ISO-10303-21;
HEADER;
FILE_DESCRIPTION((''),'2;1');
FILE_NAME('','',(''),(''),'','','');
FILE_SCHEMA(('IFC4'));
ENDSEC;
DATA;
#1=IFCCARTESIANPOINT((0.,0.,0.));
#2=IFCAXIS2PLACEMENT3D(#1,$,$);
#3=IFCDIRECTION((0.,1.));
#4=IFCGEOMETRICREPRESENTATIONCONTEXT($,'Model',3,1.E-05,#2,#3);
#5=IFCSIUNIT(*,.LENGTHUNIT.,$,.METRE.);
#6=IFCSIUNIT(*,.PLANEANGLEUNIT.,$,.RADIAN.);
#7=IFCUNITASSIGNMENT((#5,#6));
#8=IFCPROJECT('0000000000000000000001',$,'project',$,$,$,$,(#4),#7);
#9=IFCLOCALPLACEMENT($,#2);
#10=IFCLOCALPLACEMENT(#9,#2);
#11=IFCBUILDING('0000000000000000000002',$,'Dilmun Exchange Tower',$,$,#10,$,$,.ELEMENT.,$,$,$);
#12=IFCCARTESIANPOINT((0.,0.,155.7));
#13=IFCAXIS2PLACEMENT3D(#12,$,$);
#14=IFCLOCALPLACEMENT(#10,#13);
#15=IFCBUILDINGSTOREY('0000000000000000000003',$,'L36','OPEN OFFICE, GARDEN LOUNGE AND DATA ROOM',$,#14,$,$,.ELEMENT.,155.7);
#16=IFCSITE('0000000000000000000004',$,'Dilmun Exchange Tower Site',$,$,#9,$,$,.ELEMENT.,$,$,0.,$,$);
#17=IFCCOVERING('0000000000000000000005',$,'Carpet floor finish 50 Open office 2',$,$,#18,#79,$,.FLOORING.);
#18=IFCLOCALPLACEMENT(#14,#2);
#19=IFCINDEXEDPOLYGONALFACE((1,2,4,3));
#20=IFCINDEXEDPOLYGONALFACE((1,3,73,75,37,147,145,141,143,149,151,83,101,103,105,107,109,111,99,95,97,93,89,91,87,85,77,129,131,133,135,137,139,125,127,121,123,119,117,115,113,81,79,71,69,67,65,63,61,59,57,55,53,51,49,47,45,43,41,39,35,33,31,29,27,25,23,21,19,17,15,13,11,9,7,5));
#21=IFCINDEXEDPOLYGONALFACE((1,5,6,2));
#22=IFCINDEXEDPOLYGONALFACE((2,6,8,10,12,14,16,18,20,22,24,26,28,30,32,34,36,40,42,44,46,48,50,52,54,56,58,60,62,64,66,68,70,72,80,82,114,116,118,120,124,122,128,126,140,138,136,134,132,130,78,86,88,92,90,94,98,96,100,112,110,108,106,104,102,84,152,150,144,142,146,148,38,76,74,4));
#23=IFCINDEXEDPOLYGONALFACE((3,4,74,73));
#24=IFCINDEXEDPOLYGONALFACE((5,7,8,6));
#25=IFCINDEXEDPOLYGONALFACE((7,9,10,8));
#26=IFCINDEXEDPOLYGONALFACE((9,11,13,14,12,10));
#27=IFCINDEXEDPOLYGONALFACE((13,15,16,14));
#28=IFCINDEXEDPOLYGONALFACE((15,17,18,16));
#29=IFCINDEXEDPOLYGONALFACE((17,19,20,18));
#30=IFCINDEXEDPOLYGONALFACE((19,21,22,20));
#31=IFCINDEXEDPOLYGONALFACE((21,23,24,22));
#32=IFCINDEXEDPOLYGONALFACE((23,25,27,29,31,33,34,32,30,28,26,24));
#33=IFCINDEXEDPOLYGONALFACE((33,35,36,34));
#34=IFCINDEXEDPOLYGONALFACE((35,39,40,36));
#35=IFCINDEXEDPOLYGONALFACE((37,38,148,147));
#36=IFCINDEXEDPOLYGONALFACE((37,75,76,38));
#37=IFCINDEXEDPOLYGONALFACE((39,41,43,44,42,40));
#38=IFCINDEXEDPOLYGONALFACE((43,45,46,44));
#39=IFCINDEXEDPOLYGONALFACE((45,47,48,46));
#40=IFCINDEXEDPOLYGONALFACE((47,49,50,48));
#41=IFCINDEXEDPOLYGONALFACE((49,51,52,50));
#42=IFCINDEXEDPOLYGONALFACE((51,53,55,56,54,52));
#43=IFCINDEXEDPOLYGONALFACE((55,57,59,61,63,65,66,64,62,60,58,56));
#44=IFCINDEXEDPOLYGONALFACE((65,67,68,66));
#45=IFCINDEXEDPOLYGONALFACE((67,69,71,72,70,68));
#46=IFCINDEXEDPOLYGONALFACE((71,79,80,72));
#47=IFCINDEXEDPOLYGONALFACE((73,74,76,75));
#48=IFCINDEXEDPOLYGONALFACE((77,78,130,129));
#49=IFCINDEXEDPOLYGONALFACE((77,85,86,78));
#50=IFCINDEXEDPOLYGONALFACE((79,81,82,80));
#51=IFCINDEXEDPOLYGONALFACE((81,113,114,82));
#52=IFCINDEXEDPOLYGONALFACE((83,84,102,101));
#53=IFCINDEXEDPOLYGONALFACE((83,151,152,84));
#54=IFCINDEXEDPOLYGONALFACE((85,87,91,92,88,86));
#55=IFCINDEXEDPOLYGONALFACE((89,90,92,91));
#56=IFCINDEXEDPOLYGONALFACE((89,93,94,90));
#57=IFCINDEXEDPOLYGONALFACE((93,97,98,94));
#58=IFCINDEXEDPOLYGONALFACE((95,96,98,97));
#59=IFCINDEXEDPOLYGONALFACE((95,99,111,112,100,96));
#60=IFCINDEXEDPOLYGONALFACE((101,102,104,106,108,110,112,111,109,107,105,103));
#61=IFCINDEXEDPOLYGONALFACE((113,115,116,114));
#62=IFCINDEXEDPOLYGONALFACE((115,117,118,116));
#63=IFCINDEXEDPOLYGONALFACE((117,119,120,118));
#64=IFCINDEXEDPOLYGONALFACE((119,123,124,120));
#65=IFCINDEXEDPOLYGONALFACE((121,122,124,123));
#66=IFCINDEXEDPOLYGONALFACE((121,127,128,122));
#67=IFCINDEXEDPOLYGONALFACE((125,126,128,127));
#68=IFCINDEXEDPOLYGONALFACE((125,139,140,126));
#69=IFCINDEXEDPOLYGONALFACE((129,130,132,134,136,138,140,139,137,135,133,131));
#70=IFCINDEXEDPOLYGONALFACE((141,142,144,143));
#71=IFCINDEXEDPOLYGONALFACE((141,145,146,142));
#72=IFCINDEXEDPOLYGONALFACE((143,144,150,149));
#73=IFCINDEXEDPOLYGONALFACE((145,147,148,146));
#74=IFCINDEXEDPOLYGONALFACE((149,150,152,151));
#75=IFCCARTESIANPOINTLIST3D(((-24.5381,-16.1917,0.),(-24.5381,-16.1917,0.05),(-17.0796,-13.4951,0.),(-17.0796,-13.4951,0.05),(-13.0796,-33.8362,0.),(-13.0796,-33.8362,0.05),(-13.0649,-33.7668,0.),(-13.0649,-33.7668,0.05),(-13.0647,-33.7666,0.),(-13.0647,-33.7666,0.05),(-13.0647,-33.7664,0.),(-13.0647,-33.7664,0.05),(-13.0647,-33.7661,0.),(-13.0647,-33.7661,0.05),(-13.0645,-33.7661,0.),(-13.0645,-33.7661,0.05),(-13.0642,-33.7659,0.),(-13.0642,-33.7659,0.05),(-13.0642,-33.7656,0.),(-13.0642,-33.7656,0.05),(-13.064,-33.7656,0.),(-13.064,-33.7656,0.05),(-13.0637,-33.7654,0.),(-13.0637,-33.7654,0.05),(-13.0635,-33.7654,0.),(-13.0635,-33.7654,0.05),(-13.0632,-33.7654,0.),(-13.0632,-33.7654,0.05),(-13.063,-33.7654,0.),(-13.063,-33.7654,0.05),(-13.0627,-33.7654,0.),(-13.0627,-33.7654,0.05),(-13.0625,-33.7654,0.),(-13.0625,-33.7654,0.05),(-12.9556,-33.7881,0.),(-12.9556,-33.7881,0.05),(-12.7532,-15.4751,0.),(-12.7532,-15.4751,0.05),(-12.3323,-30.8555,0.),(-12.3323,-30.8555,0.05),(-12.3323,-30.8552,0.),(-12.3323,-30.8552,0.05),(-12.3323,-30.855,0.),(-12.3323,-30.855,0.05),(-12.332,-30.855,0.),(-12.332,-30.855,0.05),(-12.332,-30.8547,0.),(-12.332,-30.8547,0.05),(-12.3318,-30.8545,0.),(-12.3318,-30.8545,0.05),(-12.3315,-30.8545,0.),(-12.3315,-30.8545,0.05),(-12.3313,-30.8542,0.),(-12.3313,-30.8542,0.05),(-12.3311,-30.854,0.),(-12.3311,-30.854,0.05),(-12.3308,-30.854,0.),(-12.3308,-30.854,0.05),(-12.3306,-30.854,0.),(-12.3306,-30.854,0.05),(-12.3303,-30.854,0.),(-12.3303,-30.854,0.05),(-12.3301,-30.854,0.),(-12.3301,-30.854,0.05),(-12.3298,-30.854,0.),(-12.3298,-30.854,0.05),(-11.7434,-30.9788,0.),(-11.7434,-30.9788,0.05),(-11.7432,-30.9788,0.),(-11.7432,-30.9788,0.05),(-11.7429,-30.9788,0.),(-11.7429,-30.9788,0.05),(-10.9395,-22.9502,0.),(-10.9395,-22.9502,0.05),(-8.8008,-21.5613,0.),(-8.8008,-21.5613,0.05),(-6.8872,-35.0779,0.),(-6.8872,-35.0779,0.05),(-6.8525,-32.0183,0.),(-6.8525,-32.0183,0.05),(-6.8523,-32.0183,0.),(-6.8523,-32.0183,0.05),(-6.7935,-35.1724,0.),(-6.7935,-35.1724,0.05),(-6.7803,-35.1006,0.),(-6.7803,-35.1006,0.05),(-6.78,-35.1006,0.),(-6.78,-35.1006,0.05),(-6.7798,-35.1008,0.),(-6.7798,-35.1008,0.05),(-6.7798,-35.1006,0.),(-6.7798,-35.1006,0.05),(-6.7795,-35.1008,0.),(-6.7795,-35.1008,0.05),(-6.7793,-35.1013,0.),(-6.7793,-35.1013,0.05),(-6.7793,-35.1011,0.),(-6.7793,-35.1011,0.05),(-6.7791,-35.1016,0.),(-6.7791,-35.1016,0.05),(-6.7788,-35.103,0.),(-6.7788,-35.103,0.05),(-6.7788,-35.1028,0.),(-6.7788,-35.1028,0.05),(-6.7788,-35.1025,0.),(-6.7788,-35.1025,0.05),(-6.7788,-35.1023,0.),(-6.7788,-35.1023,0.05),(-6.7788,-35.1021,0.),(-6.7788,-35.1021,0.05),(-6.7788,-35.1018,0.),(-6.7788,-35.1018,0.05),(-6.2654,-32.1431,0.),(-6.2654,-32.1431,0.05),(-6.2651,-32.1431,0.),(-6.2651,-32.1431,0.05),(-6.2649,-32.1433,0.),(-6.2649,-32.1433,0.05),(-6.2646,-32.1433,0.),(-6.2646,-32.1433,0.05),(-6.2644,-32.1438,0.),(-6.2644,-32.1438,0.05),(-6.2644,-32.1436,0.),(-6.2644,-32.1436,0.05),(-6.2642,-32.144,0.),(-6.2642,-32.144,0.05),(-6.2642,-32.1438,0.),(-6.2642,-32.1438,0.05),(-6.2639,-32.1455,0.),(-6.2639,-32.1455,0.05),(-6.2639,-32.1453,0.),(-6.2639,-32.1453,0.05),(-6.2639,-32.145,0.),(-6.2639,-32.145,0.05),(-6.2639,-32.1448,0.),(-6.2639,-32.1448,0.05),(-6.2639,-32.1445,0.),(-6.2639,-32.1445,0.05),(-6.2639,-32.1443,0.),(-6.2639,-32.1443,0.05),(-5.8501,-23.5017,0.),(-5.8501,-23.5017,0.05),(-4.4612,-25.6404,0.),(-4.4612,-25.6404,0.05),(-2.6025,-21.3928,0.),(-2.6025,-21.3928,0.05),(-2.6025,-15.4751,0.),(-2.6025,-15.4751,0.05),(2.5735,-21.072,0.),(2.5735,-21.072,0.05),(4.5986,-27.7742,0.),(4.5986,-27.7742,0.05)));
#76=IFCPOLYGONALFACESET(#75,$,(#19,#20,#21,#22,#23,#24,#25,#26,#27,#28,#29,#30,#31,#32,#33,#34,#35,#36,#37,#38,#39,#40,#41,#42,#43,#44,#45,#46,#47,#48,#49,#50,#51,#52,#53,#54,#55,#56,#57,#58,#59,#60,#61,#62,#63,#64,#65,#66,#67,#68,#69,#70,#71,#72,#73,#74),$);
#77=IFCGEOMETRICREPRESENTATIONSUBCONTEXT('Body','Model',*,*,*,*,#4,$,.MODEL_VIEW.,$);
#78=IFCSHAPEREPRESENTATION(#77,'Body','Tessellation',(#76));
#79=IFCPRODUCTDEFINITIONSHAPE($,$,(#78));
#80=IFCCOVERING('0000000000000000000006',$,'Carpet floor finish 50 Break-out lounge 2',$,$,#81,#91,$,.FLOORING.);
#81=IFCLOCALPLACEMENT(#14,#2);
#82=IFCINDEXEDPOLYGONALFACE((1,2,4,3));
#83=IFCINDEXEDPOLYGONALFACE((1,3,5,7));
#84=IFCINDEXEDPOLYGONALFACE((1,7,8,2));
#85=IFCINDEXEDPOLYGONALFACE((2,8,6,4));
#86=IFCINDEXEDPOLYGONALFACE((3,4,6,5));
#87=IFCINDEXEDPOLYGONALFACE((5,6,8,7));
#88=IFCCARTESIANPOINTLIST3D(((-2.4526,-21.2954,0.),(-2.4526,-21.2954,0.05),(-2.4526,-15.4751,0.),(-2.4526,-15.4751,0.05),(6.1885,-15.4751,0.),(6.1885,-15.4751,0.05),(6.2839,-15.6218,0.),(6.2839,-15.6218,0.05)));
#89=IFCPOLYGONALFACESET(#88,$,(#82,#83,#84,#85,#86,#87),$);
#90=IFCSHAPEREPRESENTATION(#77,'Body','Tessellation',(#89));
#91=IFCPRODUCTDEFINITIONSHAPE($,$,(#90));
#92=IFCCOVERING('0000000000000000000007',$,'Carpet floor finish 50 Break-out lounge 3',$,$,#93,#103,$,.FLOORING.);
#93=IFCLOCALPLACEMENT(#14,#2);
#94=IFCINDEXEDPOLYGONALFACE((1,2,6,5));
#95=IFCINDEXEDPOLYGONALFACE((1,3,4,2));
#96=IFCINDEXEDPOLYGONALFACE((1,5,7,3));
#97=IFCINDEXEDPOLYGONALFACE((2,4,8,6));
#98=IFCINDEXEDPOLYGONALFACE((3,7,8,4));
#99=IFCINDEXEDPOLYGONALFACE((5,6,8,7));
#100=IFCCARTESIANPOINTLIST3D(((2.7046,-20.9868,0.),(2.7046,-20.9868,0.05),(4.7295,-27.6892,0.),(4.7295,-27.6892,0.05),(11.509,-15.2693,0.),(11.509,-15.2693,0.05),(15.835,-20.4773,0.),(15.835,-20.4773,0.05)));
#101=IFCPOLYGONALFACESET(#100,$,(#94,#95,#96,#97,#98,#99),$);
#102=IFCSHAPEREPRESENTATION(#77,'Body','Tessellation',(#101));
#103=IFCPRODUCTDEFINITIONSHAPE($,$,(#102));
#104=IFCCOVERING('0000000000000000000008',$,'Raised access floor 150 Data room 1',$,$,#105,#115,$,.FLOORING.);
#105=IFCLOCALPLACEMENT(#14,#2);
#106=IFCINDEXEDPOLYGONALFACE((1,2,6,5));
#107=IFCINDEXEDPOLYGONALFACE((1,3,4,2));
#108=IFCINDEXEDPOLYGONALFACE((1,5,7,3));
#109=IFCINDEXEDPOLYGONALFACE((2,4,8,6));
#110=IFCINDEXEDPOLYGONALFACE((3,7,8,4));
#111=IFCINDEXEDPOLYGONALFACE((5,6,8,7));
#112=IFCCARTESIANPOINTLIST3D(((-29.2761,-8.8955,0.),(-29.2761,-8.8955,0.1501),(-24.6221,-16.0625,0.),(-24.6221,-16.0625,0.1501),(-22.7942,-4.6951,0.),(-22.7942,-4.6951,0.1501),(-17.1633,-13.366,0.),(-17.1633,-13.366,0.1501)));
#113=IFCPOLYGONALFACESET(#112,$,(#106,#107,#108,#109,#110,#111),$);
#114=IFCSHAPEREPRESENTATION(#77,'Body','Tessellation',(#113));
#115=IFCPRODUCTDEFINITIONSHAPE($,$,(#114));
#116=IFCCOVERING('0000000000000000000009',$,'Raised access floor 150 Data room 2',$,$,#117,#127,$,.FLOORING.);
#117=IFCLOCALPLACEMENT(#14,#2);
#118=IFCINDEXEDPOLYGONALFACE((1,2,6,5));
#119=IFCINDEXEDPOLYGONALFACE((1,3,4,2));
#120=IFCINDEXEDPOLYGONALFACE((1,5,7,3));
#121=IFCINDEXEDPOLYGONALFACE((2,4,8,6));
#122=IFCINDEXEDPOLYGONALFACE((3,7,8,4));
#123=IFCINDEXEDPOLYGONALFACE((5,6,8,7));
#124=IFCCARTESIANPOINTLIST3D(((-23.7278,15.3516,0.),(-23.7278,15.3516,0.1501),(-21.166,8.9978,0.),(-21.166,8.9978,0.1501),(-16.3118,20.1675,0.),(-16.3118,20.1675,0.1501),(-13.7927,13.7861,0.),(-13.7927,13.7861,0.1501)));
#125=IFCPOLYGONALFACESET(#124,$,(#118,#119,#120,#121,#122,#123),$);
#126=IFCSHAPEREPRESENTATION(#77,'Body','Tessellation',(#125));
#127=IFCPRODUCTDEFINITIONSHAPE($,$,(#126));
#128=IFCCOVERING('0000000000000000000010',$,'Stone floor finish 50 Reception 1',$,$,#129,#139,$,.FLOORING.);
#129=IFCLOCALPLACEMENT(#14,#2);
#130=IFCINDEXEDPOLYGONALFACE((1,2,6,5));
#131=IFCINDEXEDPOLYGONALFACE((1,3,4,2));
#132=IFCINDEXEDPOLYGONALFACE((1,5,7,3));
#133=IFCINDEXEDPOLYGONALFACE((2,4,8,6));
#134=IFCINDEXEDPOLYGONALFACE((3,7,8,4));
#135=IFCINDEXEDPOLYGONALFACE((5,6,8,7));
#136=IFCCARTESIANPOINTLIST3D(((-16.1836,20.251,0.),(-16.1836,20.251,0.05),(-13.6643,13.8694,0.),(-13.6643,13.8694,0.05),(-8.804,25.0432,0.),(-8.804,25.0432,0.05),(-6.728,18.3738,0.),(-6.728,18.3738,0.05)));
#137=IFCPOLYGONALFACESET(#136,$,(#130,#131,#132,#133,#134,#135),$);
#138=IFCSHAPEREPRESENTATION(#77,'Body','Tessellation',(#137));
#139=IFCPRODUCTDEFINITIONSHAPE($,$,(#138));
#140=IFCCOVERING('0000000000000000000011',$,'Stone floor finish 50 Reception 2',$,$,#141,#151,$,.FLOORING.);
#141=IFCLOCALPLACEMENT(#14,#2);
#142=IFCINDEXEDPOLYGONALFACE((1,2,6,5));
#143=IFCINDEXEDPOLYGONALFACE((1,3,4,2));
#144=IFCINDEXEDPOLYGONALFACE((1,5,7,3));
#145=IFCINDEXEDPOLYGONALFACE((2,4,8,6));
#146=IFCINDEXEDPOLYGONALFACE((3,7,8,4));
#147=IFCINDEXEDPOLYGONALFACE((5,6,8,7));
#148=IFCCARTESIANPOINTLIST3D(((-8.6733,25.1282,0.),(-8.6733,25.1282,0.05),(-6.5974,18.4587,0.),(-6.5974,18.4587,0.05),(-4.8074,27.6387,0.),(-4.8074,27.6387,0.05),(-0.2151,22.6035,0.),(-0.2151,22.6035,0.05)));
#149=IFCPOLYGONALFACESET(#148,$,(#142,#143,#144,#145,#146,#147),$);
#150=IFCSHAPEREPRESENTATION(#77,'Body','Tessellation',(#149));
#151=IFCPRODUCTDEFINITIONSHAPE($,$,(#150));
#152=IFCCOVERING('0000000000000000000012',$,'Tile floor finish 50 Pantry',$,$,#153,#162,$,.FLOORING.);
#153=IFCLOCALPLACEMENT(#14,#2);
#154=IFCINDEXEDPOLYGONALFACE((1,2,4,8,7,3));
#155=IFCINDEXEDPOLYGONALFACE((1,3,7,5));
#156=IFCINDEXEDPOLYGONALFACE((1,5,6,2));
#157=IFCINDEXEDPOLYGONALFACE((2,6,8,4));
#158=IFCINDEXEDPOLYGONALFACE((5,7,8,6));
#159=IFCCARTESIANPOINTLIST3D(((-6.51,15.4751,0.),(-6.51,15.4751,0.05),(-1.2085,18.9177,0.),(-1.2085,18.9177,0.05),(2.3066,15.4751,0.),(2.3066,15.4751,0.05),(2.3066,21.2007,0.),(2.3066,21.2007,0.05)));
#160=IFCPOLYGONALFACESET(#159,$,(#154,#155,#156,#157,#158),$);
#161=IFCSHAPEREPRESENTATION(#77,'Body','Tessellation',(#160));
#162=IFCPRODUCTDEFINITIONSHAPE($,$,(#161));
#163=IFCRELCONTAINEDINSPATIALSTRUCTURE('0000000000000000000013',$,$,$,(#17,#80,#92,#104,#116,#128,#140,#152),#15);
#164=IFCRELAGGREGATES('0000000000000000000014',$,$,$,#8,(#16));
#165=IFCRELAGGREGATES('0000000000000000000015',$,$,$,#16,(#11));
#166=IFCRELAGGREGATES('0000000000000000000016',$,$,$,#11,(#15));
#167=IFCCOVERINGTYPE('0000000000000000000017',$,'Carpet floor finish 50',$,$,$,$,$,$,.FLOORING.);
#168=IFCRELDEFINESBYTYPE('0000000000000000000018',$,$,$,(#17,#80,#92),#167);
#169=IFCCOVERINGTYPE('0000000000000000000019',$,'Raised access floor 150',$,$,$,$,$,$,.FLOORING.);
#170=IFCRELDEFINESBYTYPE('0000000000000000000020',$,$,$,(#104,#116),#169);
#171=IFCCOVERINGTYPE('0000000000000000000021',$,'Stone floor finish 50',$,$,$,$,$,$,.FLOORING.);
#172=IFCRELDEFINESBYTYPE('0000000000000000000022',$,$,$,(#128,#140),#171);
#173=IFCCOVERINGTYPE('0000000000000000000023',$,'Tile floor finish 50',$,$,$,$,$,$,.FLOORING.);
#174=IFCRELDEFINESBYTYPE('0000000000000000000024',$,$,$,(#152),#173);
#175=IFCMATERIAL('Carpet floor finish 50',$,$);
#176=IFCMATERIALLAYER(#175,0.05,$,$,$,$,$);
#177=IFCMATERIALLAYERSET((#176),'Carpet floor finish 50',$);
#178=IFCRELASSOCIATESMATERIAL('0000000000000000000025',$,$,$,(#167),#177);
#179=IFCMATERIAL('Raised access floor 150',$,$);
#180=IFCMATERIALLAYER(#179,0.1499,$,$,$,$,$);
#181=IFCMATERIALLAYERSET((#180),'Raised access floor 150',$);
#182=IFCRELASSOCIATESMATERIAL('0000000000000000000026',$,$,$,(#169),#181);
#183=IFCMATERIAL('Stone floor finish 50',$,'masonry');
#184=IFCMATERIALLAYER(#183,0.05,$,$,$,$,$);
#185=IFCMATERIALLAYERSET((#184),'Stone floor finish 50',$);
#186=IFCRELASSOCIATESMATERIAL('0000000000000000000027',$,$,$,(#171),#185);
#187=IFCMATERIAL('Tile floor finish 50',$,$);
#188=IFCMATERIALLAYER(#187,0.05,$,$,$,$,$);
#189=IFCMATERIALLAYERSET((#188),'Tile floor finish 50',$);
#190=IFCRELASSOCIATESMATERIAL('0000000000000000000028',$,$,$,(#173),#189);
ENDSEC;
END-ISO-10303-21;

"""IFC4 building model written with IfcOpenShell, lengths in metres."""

from ifc_helpers import new_model, si_unit, direction, frame, origin, place, context, subcontext, project, spatial, polyline, outline, extrude, material, layer, layer_set, type_object, element, save


model = new_model("IFC4")

# Units and contexts
model_context = context("Model", 3, precision=1e-05, world=origin(), true_north=direction((0.0, 1.0)))
body_context = subcontext(model_context, "Body", "Model", "MODEL_VIEW")
ifc_project = project(units=[si_unit("LENGTHUNIT", "METRE"), si_unit("PLANEANGLEUNIT", "RADIAN")], contexts=[model_context])

# Site, building, storey
site_placement = place(None, origin())
site = spatial("IfcSite", under=ifc_project, at=site_placement, Name="Dilmun Exchange Tower Site", CompositionType="ELEMENT", RefElevation=0.0)
building_placement = place(site_placement, origin())
building = spatial("IfcBuilding", under=site, at=building_placement, Name="Dilmun Exchange Tower", CompositionType="ELEMENT")
storey_placement = place(building_placement, frame((0.0, 0.0, 155.7)))
storey = spatial("IfcBuildingStorey", under=building, at=storey_placement, Name="L36", Description="OPEN OFFICE, GARDEN LOUNGE AND DATA ROOM", CompositionType="ELEMENT", Elevation=155.7)

# Coverings
ifc_material_1 = material(Name="Carpet floor finish 50")
ifc_layer_1 = layer(ifc_material_1, 0.05)
ifc_layer_set_1 = layer_set([ifc_layer_1], Name="Carpet floor finish 50")
covering_type_1 = type_object("IfcCoveringType", Name="Carpet floor finish 50", PredefinedType="FLOORING", material=ifc_layer_set_1)
covering_1_placement = place(storey_placement, origin())
element("IfcCovering", 1, at=covering_1_placement, inside=storey, type_object=covering_type_1, Name="Carpet floor finish 50 Open office 2", PredefinedType="FLOORING", context=body_context, shape_type="SweptSolid", body=[
    extrude(outline(polyline([(-17.0796, -13.4951), (-10.9395, -22.9502), (-8.8008, -21.5613), (-12.7532, -15.4751), (-2.6025, -15.4751), (-2.6025, -21.3928), (-5.8501, -23.5017), (-4.4612, -25.6404), (2.5735, -21.072), (4.5986, -27.7742), (-6.7935, -35.1724), (-6.7788, -35.103), (-6.7788, -35.1028), (-6.7788, -35.1025), (-6.7788, -35.1023), (-6.7788, -35.1023), (-6.7788, -35.1021), (-6.7788, -35.1018), (-6.7791, -35.1016), (-6.7791, -35.1016), (-6.7793, -35.1013), (-6.7793, -35.1013), (-6.7793, -35.1011), (-6.7795, -35.1008), (-6.7798, -35.1008), (-6.7798, -35.1006), (-6.78, -35.1006), (-6.7803, -35.1006), (-6.8872, -35.0779), (-6.2639, -32.1455), (-6.2639, -32.1453), (-6.2639, -32.145), (-6.2639, -32.1448), (-6.2639, -32.1445), (-6.2639, -32.1443), (-6.2639, -32.1443), (-6.2642, -32.144), (-6.2642, -32.1438), (-6.2644, -32.1438), (-6.2644, -32.1436), (-6.2646, -32.1433), (-6.2646, -32.1433), (-6.2649, -32.1433), (-6.2651, -32.1431), (-6.2651, -32.1431), (-6.2654, -32.1431), (-6.8523, -32.0183), (-6.8525, -32.0183), (-6.8525, -32.0183), (-11.7429, -30.9788), (-11.7432, -30.9788), (-11.7434, -30.9788), (-12.3298, -30.854), (-12.3301, -30.854), (-12.3303, -30.854), (-12.3306, -30.854), (-12.3308, -30.854), (-12.3308, -30.854), (-12.3311, -30.854), (-12.3313, -30.8542), (-12.3313, -30.8542), (-12.3315, -30.8545), (-12.3318, -30.8545), (-12.3318, -30.8545), (-12.332, -30.8547), (-12.332, -30.855), (-12.3323, -30.855), (-12.3323, -30.8552), (-12.3323, -30.8555), (-12.9556, -33.7881), (-13.0625, -33.7654), (-13.0627, -33.7654), (-13.063, -33.7654), (-13.063, -33.7654), (-13.0632, -33.7654), (-13.0635, -33.7654), (-13.0637, -33.7654), (-13.0637, -33.7654), (-13.064, -33.7656), (-13.0642, -33.7656), (-13.0642, -33.7659), (-13.0645, -33.7661), (-13.0647, -33.7661), (-13.0647, -33.7664), (-13.0647, -33.7666), (-13.0647, -33.7666), (-13.0649, -33.7668), (-13.0796, -33.8362), (-24.5381, -16.1917), (-17.0796, -13.4951)])), origin(), (0.0, 0.0, 1.0), 0.05),
])
covering_2_placement = place(storey_placement, origin())
element("IfcCovering", 2, at=covering_2_placement, inside=storey, type_object=covering_type_1, Name="Carpet floor finish 50 Break-out lounge 2", PredefinedType="FLOORING", context=body_context, shape_type="SweptSolid", body=[
    extrude(outline(polyline([(-2.4526, -15.4751), (6.1885, -15.4751), (6.2839, -15.6218), (-2.4526, -21.2954), (-2.4526, -15.4751)])), origin(), (0.0, 0.0, 1.0), 0.05),
])
covering_3_placement = place(storey_placement, origin())
element("IfcCovering", 3, at=covering_3_placement, inside=storey, type_object=covering_type_1, Name="Carpet floor finish 50 Break-out lounge 3", PredefinedType="FLOORING", context=body_context, shape_type="SweptSolid", body=[
    extrude(outline(polyline([(11.509, -15.2693), (15.835, -20.4773), (4.7295, -27.6892), (2.7046, -20.9868), (11.509, -15.2693)])), origin(), (0.0, 0.0, 1.0), 0.05),
])
ifc_material_2 = material(Name="Raised access floor 150")
ifc_layer_2 = layer(ifc_material_2, 0.1499)
ifc_layer_set_2 = layer_set([ifc_layer_2], Name="Raised access floor 150")
covering_type_2 = type_object("IfcCoveringType", Name="Raised access floor 150", PredefinedType="FLOORING", material=ifc_layer_set_2)
covering_4_placement = place(storey_placement, origin())
element("IfcCovering", 4, at=covering_4_placement, inside=storey, type_object=covering_type_2, Name="Raised access floor 150 Data room 1", PredefinedType="FLOORING", context=body_context, shape_type="SweptSolid", body=[
    extrude(outline(polyline([(-22.7942, -4.6951), (-17.1633, -13.366), (-24.6221, -16.0625), (-29.2761, -8.8955), (-22.7942, -4.6951)])), origin(), (0.0, 0.0, 1.0), 0.1501),
])
covering_5_placement = place(storey_placement, origin())
element("IfcCovering", 5, at=covering_5_placement, inside=storey, type_object=covering_type_2, Name="Raised access floor 150 Data room 2", PredefinedType="FLOORING", context=body_context, shape_type="SweptSolid", body=[
    extrude(outline(polyline([(-13.7927, 13.7861), (-21.166, 8.9978), (-23.7278, 15.3516), (-16.3118, 20.1675), (-13.7927, 13.7861)])), origin(), (0.0, 0.0, 1.0), 0.1501),
])
ifc_material_3 = material(Name="Stone floor finish 50", Category="masonry")
ifc_layer_3 = layer(ifc_material_3, 0.05)
ifc_layer_set_3 = layer_set([ifc_layer_3], Name="Stone floor finish 50")
covering_type_3 = type_object("IfcCoveringType", Name="Stone floor finish 50", PredefinedType="FLOORING", material=ifc_layer_set_3)
covering_6_placement = place(storey_placement, origin())
element("IfcCovering", 6, at=covering_6_placement, inside=storey, type_object=covering_type_3, Name="Stone floor finish 50 Reception 1", PredefinedType="FLOORING", context=body_context, shape_type="SweptSolid", body=[
    extrude(outline(polyline([(-13.6643, 13.8694), (-16.1836, 20.251), (-8.804, 25.0432), (-6.728, 18.3738), (-13.6643, 13.8694)])), origin(), (0.0, 0.0, 1.0), 0.05),
])
covering_7_placement = place(storey_placement, origin())
element("IfcCovering", 7, at=covering_7_placement, inside=storey, type_object=covering_type_3, Name="Stone floor finish 50 Reception 2", PredefinedType="FLOORING", context=body_context, shape_type="SweptSolid", body=[
    extrude(outline(polyline([(-0.2151, 22.6035), (-6.5974, 18.4587), (-8.6733, 25.1282), (-4.8074, 27.6387), (-0.2151, 22.6035)])), origin(), (0.0, 0.0, 1.0), 0.05),
])
ifc_material_4 = material(Name="Tile floor finish 50")
ifc_layer_4 = layer(ifc_material_4, 0.05)
ifc_layer_set_4 = layer_set([ifc_layer_4], Name="Tile floor finish 50")
covering_type_4 = type_object("IfcCoveringType", Name="Tile floor finish 50", PredefinedType="FLOORING", material=ifc_layer_set_4)
covering_8_placement = place(storey_placement, origin())
element("IfcCovering", 8, at=covering_8_placement, inside=storey, type_object=covering_type_4, Name="Tile floor finish 50 Pantry", PredefinedType="FLOORING", context=body_context, shape_type="SweptSolid", body=[
    extrude(outline(polyline([(-1.2085, 18.9177), (2.3066, 21.2007), (2.3066, 15.4751), (-6.51, 15.4751), (-1.2085, 18.9177)])), origin(), (0.0, 0.0, 1.0), 0.05),
])

save(model, "model.ifc")
